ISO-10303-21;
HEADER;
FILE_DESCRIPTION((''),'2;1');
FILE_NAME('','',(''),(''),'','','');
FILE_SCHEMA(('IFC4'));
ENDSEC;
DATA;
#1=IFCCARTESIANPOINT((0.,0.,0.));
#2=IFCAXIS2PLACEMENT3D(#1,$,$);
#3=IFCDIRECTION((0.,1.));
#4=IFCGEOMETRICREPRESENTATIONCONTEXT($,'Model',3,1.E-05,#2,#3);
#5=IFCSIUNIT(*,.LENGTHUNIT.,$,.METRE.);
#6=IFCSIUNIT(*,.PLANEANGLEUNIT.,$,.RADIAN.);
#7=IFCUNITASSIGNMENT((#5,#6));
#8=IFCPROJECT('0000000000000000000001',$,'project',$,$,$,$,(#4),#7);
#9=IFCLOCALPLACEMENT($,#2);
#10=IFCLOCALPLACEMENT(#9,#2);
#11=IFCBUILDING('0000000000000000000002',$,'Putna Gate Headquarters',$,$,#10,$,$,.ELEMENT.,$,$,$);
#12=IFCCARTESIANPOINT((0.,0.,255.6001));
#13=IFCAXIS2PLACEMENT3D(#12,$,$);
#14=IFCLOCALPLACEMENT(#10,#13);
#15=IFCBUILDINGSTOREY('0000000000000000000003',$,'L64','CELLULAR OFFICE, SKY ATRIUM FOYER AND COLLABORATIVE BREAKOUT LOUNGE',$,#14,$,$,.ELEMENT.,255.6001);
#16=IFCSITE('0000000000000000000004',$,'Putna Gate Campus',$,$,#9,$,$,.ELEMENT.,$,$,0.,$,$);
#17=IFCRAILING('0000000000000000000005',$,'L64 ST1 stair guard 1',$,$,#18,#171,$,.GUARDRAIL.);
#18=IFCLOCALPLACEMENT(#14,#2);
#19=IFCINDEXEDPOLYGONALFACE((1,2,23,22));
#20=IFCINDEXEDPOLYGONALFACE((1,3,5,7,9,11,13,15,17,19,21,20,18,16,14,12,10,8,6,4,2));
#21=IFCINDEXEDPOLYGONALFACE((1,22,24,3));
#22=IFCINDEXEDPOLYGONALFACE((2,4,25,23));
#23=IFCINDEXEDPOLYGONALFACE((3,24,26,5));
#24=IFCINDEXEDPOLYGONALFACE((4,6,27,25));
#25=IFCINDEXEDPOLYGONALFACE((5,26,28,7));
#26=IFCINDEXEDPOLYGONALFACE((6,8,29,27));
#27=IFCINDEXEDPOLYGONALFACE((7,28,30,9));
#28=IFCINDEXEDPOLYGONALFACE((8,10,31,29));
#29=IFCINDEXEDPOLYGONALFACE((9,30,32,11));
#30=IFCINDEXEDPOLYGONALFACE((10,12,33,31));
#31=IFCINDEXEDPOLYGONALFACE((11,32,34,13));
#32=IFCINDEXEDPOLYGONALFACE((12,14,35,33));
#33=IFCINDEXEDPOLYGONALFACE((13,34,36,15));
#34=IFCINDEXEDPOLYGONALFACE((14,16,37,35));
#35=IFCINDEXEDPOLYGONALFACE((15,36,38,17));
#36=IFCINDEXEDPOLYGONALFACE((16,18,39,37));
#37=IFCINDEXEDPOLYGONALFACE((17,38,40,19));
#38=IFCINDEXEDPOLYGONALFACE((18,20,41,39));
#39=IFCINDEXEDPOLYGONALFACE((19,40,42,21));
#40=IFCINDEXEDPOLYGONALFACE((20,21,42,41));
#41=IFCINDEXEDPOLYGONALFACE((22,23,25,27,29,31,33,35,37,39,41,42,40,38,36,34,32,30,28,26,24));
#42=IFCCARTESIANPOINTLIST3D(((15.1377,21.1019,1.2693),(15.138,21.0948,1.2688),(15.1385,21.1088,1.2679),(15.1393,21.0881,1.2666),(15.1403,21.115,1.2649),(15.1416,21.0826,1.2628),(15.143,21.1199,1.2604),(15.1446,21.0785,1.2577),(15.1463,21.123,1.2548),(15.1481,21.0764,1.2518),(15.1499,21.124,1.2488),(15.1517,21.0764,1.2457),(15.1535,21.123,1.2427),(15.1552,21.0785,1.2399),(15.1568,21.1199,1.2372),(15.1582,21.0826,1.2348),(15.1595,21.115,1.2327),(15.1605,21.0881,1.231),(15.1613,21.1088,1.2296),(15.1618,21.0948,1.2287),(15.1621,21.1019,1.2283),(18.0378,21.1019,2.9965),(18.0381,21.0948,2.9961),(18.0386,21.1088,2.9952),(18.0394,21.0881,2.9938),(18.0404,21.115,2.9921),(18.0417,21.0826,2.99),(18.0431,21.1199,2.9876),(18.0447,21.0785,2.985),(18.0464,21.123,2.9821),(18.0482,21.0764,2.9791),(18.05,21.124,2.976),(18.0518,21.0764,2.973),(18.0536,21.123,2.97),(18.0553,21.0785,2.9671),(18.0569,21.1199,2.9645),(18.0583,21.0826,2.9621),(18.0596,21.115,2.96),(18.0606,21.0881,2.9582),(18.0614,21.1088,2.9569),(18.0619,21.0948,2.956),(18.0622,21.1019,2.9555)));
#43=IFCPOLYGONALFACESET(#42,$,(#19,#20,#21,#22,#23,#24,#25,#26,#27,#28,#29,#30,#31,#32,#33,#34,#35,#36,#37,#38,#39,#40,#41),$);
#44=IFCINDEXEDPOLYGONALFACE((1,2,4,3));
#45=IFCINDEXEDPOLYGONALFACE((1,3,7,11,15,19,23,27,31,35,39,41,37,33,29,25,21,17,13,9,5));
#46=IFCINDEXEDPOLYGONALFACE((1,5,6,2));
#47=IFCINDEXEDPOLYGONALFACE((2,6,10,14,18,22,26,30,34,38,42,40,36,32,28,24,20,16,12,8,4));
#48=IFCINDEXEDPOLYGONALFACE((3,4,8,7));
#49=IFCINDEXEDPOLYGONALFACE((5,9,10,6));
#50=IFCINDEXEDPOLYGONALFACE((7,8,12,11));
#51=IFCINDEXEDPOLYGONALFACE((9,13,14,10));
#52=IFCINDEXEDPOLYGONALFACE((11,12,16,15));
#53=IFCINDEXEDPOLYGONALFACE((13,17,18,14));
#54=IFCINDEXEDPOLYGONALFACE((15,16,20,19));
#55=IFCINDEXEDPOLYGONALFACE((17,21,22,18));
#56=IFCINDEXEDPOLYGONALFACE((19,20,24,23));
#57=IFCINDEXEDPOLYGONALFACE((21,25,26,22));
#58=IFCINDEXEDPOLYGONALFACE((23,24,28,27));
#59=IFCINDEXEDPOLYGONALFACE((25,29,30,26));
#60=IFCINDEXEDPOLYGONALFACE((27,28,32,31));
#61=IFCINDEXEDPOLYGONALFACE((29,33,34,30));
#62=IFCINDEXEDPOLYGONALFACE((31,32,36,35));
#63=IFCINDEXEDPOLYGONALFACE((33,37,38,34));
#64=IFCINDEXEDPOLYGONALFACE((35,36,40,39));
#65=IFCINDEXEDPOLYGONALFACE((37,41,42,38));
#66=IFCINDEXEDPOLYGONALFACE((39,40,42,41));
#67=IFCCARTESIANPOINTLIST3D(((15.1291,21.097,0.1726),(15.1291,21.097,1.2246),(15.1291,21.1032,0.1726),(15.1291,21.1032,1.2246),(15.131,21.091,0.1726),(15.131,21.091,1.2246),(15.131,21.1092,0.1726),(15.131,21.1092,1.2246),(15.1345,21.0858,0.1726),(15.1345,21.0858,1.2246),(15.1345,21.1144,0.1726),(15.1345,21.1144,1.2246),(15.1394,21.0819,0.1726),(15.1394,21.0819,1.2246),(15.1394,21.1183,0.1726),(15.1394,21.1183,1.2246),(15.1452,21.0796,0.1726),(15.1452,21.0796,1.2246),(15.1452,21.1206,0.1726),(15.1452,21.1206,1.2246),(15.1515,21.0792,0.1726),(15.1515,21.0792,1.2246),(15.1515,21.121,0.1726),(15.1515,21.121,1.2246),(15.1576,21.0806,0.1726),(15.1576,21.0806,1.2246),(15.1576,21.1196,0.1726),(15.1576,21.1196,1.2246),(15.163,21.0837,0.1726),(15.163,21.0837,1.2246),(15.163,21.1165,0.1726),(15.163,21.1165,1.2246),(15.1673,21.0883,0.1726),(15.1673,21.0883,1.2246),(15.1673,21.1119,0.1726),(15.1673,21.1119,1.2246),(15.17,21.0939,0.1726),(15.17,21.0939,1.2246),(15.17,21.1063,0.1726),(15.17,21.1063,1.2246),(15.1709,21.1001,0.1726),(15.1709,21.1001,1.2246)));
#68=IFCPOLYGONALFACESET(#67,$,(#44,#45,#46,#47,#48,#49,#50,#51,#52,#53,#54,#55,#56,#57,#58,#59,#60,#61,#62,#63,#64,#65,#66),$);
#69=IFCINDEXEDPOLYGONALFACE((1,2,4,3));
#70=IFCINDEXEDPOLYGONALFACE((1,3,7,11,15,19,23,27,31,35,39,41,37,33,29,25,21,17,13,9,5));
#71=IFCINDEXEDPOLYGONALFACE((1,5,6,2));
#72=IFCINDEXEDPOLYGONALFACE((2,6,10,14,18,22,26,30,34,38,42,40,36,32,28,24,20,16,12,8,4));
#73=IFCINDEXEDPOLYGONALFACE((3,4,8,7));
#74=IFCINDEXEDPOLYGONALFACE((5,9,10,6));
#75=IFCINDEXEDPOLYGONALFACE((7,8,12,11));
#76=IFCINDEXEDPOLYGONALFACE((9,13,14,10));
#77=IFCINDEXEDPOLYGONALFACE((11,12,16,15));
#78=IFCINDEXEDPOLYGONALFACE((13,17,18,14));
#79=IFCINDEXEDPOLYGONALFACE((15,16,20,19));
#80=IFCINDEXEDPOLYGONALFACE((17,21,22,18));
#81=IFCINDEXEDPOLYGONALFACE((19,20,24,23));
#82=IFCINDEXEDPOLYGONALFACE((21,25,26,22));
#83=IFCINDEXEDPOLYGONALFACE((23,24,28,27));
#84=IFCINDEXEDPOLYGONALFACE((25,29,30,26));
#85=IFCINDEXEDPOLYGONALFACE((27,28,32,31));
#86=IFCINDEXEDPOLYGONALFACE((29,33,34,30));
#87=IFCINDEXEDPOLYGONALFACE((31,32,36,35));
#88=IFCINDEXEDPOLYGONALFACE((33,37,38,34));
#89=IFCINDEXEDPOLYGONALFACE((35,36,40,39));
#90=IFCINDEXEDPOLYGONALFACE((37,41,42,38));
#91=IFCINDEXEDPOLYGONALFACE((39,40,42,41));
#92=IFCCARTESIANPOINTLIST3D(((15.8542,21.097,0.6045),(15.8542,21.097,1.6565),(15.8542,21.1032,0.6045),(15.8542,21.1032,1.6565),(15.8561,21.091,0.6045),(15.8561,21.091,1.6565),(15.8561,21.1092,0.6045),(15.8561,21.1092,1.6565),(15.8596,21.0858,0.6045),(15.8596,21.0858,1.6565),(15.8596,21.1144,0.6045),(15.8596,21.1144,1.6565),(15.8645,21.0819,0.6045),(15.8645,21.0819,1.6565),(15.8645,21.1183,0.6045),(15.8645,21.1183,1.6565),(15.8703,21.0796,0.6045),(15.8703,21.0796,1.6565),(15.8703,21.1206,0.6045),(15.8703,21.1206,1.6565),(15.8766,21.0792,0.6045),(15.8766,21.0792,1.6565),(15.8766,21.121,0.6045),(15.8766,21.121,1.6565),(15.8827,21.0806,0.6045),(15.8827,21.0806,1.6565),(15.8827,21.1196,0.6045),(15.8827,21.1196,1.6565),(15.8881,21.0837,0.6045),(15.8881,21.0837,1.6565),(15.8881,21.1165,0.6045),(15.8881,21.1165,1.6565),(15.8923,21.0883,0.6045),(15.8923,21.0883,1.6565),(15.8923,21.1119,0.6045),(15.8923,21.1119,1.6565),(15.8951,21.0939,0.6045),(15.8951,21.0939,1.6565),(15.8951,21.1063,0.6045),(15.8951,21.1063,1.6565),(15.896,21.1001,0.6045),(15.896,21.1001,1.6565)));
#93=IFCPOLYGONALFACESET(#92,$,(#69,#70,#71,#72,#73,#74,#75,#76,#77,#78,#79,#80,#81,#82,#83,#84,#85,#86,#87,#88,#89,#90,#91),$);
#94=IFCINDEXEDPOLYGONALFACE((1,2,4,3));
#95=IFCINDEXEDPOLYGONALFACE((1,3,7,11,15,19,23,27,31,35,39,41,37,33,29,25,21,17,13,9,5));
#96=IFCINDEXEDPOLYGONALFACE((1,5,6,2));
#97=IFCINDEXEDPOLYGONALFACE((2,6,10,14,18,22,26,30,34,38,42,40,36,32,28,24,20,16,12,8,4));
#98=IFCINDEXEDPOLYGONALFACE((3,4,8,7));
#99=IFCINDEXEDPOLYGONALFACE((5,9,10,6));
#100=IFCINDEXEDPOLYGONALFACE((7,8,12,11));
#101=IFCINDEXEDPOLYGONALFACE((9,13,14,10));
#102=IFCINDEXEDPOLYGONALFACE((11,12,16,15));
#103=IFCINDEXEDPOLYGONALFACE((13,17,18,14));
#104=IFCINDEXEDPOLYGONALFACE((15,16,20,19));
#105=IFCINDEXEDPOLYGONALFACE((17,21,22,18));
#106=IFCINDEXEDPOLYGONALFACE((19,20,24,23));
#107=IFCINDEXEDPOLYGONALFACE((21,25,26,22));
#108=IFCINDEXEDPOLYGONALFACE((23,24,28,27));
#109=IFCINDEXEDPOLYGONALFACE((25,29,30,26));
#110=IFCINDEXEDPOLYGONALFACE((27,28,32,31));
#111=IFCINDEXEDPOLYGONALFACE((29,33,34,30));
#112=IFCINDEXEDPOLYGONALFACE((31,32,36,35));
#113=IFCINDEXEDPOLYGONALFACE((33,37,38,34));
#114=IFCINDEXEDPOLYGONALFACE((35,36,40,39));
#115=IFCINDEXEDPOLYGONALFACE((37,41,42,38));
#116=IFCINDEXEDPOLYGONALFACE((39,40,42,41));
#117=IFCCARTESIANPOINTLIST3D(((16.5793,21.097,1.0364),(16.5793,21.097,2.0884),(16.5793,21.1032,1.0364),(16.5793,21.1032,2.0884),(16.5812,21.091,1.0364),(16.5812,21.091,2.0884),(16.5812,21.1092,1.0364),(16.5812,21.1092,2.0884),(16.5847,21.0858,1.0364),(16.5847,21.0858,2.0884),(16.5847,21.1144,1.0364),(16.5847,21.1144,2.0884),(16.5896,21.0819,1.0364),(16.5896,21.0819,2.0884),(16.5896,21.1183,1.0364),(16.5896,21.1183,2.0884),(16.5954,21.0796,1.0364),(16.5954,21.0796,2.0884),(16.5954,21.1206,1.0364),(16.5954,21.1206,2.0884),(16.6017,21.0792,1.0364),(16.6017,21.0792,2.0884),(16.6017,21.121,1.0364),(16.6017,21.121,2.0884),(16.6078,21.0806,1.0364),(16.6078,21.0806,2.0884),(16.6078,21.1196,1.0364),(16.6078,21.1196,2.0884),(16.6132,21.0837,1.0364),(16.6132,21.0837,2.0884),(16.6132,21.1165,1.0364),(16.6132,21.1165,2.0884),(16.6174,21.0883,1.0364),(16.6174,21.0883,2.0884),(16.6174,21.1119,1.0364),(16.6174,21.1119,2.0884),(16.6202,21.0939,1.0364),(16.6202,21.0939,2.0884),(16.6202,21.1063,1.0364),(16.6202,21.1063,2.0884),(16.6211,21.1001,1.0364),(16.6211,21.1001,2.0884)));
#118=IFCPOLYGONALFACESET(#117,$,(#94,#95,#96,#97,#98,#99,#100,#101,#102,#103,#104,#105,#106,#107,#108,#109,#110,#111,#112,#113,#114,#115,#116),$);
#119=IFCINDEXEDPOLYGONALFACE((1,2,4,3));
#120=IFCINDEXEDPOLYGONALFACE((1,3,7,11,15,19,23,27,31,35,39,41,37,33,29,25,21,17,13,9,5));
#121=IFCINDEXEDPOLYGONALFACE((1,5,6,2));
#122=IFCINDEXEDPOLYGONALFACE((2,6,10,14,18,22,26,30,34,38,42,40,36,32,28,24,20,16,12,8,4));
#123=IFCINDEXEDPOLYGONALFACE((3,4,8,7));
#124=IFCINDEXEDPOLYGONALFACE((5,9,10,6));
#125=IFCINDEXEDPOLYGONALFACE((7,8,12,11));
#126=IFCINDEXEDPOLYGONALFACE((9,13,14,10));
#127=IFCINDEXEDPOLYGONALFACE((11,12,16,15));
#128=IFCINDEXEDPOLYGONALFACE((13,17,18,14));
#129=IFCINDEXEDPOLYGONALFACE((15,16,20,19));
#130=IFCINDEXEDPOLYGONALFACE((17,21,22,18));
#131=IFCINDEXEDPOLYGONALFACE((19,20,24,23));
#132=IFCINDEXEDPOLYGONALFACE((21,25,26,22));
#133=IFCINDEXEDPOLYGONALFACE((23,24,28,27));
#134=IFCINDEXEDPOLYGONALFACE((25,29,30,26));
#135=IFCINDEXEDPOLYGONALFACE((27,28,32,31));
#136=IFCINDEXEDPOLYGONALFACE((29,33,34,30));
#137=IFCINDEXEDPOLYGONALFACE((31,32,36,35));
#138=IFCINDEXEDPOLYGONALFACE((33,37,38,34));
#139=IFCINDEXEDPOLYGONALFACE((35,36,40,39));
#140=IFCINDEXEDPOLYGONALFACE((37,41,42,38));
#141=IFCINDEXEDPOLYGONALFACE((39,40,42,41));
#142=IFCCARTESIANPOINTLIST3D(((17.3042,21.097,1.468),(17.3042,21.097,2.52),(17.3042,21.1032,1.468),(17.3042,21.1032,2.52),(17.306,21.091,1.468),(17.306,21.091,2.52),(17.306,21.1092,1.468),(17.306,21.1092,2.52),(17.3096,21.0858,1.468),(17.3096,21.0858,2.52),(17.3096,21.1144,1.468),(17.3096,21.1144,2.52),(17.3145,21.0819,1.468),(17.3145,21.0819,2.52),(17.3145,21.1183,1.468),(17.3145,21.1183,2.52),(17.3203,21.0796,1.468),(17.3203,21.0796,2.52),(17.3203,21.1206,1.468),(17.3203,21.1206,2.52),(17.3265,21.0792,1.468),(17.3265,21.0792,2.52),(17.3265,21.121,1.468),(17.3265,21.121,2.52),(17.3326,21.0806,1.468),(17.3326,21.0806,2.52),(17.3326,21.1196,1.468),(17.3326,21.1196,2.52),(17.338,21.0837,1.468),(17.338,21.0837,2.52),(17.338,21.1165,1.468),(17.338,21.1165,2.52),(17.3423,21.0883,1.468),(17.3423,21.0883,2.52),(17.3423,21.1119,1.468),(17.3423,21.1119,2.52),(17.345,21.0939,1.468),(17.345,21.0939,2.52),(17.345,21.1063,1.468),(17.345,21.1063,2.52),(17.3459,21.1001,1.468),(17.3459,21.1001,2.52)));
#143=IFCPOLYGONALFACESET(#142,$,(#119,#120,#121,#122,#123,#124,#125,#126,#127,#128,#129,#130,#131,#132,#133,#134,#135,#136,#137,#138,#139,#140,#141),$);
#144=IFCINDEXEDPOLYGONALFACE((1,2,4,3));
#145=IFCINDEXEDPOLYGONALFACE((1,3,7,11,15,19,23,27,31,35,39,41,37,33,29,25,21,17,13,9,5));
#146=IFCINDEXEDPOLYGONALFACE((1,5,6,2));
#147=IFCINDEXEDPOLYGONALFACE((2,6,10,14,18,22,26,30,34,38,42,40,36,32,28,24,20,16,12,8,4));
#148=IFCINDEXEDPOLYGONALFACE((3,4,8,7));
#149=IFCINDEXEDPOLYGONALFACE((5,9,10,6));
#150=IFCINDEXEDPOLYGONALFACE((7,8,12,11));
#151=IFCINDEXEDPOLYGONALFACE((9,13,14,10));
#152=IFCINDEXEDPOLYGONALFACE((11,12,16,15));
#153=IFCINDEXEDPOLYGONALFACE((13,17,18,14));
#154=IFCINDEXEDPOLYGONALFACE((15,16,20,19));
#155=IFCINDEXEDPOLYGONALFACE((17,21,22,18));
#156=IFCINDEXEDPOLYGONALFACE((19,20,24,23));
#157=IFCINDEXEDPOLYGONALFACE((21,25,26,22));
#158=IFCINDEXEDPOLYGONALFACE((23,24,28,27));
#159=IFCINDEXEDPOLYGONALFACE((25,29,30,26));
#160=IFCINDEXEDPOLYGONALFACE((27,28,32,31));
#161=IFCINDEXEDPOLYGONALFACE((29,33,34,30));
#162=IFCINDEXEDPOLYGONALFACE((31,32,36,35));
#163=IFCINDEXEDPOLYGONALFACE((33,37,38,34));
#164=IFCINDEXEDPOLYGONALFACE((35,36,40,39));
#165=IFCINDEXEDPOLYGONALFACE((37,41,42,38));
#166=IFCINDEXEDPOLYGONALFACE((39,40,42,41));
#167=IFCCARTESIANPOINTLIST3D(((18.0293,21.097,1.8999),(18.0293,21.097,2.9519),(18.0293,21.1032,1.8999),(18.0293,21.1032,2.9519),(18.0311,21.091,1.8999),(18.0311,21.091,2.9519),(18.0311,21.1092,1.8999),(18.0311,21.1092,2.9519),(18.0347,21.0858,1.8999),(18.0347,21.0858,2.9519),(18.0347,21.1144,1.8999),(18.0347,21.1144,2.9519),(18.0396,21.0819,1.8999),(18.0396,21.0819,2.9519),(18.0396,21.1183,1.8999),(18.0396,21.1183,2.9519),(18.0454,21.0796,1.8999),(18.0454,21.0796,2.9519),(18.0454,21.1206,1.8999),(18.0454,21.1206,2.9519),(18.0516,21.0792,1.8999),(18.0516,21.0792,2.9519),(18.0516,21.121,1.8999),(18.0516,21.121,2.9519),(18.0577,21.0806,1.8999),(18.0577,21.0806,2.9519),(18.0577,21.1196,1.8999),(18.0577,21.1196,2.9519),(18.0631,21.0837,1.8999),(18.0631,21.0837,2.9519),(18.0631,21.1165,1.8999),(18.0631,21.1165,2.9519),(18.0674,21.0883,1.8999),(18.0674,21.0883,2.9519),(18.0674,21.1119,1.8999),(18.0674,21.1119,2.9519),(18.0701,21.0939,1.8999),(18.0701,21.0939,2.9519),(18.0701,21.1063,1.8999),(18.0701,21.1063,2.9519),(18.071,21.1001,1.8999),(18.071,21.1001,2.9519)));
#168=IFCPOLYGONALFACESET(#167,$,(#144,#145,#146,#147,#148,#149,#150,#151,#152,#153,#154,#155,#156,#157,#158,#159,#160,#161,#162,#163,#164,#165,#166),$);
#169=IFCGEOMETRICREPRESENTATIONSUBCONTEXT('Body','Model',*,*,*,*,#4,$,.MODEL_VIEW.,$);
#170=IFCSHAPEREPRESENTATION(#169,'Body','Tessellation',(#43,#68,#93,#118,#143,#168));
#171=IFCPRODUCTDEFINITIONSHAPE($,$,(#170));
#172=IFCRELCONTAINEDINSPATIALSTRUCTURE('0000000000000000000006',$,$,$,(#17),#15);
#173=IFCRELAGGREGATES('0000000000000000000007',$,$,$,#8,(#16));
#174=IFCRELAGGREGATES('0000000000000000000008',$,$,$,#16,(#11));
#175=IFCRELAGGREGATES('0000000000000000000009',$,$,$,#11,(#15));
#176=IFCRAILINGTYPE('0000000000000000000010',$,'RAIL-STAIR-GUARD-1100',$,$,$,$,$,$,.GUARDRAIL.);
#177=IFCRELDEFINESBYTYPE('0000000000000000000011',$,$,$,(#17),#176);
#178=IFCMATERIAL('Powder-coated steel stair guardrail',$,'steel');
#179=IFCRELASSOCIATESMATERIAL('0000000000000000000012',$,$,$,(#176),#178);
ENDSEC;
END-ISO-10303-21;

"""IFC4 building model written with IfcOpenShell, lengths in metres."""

from ifc_helpers import new_model, si_unit, direction, frame, origin, origin_2d, place, context, subcontext, project, spatial, circle, extrude, material, type_object, element, save


model = new_model("IFC4")

# Units and contexts
model_context = context("Model", 3, precision=1e-05, world=origin(), true_north=direction((0.0, 1.0)))
body_context = subcontext(model_context, "Body", "Model", "MODEL_VIEW")
ifc_project = project(units=[si_unit("LENGTHUNIT", "METRE"), si_unit("PLANEANGLEUNIT", "RADIAN")], contexts=[model_context])

# Site, building, storey
site_placement = place(None, origin())
site = spatial("IfcSite", under=ifc_project, at=site_placement, Name="Putna Gate Campus", CompositionType="ELEMENT", RefElevation=0.0)
building_placement = place(site_placement, origin())
building = spatial("IfcBuilding", under=site, at=building_placement, Name="Putna Gate Headquarters", CompositionType="ELEMENT")
storey_placement = place(building_placement, frame((0.0, 0.0, 255.6001)))
storey = spatial("IfcBuildingStorey", under=building, at=storey_placement, Name="L64", Description="CELLULAR OFFICE, SKY ATRIUM FOYER AND COLLABORATIVE BREAKOUT LOUNGE", CompositionType="ELEMENT", Elevation=255.6001)

# Railing
ifc_material_1 = material(Name="Powder-coated steel stair guardrail", Category="steel")
railing_type_1 = type_object("IfcRailingType", Name="RAIL-STAIR-GUARD-1100", PredefinedType="GUARDRAIL", material=ifc_material_1)
railing_1_placement = place(storey_placement, frame((15.1499, 21.1001, 0.1726)))
element("IfcRailing", 1, at=railing_1_placement, inside=storey, type_object=railing_type_1, Name="L64 ST1 stair guard 1", PredefinedType="GUARDRAIL", context=body_context, shape_type="SweptSolid", body=[
    extrude(circle(Radius=0.0239, at=origin_2d()), frame((0.0, 0.0, 1.0762), z_axis=(0.85916, 0.0, 0.511706), x_axis=(0.0, 1.0, 0.0)), (0.0, 0.0, 1.0), 3.3755),
    extrude(circle(Radius=0.021, at=origin_2d()), origin(), (0.0, 0.0, 1.0), 1.052),
    extrude(circle(Radius=0.021, at=origin_2d()), frame((0.7251, 0.0, 0.4319)), (0.0, 0.0, 1.0), 1.052),
    extrude(circle(Radius=0.021, at=origin_2d()), frame((1.4502, 0.0, 0.8638)), (0.0, 0.0, 1.0), 1.052),
    extrude(circle(Radius=0.021, at=origin_2d()), frame((2.175, 0.0, 1.2954)), (0.0, 0.0, 1.0), 1.052),
    extrude(circle(Radius=0.021, at=origin_2d()), frame((2.9001, 0.0, 1.7273)), (0.0, 0.0, 1.0), 1.052),
])

save(model, "model.ifc")
